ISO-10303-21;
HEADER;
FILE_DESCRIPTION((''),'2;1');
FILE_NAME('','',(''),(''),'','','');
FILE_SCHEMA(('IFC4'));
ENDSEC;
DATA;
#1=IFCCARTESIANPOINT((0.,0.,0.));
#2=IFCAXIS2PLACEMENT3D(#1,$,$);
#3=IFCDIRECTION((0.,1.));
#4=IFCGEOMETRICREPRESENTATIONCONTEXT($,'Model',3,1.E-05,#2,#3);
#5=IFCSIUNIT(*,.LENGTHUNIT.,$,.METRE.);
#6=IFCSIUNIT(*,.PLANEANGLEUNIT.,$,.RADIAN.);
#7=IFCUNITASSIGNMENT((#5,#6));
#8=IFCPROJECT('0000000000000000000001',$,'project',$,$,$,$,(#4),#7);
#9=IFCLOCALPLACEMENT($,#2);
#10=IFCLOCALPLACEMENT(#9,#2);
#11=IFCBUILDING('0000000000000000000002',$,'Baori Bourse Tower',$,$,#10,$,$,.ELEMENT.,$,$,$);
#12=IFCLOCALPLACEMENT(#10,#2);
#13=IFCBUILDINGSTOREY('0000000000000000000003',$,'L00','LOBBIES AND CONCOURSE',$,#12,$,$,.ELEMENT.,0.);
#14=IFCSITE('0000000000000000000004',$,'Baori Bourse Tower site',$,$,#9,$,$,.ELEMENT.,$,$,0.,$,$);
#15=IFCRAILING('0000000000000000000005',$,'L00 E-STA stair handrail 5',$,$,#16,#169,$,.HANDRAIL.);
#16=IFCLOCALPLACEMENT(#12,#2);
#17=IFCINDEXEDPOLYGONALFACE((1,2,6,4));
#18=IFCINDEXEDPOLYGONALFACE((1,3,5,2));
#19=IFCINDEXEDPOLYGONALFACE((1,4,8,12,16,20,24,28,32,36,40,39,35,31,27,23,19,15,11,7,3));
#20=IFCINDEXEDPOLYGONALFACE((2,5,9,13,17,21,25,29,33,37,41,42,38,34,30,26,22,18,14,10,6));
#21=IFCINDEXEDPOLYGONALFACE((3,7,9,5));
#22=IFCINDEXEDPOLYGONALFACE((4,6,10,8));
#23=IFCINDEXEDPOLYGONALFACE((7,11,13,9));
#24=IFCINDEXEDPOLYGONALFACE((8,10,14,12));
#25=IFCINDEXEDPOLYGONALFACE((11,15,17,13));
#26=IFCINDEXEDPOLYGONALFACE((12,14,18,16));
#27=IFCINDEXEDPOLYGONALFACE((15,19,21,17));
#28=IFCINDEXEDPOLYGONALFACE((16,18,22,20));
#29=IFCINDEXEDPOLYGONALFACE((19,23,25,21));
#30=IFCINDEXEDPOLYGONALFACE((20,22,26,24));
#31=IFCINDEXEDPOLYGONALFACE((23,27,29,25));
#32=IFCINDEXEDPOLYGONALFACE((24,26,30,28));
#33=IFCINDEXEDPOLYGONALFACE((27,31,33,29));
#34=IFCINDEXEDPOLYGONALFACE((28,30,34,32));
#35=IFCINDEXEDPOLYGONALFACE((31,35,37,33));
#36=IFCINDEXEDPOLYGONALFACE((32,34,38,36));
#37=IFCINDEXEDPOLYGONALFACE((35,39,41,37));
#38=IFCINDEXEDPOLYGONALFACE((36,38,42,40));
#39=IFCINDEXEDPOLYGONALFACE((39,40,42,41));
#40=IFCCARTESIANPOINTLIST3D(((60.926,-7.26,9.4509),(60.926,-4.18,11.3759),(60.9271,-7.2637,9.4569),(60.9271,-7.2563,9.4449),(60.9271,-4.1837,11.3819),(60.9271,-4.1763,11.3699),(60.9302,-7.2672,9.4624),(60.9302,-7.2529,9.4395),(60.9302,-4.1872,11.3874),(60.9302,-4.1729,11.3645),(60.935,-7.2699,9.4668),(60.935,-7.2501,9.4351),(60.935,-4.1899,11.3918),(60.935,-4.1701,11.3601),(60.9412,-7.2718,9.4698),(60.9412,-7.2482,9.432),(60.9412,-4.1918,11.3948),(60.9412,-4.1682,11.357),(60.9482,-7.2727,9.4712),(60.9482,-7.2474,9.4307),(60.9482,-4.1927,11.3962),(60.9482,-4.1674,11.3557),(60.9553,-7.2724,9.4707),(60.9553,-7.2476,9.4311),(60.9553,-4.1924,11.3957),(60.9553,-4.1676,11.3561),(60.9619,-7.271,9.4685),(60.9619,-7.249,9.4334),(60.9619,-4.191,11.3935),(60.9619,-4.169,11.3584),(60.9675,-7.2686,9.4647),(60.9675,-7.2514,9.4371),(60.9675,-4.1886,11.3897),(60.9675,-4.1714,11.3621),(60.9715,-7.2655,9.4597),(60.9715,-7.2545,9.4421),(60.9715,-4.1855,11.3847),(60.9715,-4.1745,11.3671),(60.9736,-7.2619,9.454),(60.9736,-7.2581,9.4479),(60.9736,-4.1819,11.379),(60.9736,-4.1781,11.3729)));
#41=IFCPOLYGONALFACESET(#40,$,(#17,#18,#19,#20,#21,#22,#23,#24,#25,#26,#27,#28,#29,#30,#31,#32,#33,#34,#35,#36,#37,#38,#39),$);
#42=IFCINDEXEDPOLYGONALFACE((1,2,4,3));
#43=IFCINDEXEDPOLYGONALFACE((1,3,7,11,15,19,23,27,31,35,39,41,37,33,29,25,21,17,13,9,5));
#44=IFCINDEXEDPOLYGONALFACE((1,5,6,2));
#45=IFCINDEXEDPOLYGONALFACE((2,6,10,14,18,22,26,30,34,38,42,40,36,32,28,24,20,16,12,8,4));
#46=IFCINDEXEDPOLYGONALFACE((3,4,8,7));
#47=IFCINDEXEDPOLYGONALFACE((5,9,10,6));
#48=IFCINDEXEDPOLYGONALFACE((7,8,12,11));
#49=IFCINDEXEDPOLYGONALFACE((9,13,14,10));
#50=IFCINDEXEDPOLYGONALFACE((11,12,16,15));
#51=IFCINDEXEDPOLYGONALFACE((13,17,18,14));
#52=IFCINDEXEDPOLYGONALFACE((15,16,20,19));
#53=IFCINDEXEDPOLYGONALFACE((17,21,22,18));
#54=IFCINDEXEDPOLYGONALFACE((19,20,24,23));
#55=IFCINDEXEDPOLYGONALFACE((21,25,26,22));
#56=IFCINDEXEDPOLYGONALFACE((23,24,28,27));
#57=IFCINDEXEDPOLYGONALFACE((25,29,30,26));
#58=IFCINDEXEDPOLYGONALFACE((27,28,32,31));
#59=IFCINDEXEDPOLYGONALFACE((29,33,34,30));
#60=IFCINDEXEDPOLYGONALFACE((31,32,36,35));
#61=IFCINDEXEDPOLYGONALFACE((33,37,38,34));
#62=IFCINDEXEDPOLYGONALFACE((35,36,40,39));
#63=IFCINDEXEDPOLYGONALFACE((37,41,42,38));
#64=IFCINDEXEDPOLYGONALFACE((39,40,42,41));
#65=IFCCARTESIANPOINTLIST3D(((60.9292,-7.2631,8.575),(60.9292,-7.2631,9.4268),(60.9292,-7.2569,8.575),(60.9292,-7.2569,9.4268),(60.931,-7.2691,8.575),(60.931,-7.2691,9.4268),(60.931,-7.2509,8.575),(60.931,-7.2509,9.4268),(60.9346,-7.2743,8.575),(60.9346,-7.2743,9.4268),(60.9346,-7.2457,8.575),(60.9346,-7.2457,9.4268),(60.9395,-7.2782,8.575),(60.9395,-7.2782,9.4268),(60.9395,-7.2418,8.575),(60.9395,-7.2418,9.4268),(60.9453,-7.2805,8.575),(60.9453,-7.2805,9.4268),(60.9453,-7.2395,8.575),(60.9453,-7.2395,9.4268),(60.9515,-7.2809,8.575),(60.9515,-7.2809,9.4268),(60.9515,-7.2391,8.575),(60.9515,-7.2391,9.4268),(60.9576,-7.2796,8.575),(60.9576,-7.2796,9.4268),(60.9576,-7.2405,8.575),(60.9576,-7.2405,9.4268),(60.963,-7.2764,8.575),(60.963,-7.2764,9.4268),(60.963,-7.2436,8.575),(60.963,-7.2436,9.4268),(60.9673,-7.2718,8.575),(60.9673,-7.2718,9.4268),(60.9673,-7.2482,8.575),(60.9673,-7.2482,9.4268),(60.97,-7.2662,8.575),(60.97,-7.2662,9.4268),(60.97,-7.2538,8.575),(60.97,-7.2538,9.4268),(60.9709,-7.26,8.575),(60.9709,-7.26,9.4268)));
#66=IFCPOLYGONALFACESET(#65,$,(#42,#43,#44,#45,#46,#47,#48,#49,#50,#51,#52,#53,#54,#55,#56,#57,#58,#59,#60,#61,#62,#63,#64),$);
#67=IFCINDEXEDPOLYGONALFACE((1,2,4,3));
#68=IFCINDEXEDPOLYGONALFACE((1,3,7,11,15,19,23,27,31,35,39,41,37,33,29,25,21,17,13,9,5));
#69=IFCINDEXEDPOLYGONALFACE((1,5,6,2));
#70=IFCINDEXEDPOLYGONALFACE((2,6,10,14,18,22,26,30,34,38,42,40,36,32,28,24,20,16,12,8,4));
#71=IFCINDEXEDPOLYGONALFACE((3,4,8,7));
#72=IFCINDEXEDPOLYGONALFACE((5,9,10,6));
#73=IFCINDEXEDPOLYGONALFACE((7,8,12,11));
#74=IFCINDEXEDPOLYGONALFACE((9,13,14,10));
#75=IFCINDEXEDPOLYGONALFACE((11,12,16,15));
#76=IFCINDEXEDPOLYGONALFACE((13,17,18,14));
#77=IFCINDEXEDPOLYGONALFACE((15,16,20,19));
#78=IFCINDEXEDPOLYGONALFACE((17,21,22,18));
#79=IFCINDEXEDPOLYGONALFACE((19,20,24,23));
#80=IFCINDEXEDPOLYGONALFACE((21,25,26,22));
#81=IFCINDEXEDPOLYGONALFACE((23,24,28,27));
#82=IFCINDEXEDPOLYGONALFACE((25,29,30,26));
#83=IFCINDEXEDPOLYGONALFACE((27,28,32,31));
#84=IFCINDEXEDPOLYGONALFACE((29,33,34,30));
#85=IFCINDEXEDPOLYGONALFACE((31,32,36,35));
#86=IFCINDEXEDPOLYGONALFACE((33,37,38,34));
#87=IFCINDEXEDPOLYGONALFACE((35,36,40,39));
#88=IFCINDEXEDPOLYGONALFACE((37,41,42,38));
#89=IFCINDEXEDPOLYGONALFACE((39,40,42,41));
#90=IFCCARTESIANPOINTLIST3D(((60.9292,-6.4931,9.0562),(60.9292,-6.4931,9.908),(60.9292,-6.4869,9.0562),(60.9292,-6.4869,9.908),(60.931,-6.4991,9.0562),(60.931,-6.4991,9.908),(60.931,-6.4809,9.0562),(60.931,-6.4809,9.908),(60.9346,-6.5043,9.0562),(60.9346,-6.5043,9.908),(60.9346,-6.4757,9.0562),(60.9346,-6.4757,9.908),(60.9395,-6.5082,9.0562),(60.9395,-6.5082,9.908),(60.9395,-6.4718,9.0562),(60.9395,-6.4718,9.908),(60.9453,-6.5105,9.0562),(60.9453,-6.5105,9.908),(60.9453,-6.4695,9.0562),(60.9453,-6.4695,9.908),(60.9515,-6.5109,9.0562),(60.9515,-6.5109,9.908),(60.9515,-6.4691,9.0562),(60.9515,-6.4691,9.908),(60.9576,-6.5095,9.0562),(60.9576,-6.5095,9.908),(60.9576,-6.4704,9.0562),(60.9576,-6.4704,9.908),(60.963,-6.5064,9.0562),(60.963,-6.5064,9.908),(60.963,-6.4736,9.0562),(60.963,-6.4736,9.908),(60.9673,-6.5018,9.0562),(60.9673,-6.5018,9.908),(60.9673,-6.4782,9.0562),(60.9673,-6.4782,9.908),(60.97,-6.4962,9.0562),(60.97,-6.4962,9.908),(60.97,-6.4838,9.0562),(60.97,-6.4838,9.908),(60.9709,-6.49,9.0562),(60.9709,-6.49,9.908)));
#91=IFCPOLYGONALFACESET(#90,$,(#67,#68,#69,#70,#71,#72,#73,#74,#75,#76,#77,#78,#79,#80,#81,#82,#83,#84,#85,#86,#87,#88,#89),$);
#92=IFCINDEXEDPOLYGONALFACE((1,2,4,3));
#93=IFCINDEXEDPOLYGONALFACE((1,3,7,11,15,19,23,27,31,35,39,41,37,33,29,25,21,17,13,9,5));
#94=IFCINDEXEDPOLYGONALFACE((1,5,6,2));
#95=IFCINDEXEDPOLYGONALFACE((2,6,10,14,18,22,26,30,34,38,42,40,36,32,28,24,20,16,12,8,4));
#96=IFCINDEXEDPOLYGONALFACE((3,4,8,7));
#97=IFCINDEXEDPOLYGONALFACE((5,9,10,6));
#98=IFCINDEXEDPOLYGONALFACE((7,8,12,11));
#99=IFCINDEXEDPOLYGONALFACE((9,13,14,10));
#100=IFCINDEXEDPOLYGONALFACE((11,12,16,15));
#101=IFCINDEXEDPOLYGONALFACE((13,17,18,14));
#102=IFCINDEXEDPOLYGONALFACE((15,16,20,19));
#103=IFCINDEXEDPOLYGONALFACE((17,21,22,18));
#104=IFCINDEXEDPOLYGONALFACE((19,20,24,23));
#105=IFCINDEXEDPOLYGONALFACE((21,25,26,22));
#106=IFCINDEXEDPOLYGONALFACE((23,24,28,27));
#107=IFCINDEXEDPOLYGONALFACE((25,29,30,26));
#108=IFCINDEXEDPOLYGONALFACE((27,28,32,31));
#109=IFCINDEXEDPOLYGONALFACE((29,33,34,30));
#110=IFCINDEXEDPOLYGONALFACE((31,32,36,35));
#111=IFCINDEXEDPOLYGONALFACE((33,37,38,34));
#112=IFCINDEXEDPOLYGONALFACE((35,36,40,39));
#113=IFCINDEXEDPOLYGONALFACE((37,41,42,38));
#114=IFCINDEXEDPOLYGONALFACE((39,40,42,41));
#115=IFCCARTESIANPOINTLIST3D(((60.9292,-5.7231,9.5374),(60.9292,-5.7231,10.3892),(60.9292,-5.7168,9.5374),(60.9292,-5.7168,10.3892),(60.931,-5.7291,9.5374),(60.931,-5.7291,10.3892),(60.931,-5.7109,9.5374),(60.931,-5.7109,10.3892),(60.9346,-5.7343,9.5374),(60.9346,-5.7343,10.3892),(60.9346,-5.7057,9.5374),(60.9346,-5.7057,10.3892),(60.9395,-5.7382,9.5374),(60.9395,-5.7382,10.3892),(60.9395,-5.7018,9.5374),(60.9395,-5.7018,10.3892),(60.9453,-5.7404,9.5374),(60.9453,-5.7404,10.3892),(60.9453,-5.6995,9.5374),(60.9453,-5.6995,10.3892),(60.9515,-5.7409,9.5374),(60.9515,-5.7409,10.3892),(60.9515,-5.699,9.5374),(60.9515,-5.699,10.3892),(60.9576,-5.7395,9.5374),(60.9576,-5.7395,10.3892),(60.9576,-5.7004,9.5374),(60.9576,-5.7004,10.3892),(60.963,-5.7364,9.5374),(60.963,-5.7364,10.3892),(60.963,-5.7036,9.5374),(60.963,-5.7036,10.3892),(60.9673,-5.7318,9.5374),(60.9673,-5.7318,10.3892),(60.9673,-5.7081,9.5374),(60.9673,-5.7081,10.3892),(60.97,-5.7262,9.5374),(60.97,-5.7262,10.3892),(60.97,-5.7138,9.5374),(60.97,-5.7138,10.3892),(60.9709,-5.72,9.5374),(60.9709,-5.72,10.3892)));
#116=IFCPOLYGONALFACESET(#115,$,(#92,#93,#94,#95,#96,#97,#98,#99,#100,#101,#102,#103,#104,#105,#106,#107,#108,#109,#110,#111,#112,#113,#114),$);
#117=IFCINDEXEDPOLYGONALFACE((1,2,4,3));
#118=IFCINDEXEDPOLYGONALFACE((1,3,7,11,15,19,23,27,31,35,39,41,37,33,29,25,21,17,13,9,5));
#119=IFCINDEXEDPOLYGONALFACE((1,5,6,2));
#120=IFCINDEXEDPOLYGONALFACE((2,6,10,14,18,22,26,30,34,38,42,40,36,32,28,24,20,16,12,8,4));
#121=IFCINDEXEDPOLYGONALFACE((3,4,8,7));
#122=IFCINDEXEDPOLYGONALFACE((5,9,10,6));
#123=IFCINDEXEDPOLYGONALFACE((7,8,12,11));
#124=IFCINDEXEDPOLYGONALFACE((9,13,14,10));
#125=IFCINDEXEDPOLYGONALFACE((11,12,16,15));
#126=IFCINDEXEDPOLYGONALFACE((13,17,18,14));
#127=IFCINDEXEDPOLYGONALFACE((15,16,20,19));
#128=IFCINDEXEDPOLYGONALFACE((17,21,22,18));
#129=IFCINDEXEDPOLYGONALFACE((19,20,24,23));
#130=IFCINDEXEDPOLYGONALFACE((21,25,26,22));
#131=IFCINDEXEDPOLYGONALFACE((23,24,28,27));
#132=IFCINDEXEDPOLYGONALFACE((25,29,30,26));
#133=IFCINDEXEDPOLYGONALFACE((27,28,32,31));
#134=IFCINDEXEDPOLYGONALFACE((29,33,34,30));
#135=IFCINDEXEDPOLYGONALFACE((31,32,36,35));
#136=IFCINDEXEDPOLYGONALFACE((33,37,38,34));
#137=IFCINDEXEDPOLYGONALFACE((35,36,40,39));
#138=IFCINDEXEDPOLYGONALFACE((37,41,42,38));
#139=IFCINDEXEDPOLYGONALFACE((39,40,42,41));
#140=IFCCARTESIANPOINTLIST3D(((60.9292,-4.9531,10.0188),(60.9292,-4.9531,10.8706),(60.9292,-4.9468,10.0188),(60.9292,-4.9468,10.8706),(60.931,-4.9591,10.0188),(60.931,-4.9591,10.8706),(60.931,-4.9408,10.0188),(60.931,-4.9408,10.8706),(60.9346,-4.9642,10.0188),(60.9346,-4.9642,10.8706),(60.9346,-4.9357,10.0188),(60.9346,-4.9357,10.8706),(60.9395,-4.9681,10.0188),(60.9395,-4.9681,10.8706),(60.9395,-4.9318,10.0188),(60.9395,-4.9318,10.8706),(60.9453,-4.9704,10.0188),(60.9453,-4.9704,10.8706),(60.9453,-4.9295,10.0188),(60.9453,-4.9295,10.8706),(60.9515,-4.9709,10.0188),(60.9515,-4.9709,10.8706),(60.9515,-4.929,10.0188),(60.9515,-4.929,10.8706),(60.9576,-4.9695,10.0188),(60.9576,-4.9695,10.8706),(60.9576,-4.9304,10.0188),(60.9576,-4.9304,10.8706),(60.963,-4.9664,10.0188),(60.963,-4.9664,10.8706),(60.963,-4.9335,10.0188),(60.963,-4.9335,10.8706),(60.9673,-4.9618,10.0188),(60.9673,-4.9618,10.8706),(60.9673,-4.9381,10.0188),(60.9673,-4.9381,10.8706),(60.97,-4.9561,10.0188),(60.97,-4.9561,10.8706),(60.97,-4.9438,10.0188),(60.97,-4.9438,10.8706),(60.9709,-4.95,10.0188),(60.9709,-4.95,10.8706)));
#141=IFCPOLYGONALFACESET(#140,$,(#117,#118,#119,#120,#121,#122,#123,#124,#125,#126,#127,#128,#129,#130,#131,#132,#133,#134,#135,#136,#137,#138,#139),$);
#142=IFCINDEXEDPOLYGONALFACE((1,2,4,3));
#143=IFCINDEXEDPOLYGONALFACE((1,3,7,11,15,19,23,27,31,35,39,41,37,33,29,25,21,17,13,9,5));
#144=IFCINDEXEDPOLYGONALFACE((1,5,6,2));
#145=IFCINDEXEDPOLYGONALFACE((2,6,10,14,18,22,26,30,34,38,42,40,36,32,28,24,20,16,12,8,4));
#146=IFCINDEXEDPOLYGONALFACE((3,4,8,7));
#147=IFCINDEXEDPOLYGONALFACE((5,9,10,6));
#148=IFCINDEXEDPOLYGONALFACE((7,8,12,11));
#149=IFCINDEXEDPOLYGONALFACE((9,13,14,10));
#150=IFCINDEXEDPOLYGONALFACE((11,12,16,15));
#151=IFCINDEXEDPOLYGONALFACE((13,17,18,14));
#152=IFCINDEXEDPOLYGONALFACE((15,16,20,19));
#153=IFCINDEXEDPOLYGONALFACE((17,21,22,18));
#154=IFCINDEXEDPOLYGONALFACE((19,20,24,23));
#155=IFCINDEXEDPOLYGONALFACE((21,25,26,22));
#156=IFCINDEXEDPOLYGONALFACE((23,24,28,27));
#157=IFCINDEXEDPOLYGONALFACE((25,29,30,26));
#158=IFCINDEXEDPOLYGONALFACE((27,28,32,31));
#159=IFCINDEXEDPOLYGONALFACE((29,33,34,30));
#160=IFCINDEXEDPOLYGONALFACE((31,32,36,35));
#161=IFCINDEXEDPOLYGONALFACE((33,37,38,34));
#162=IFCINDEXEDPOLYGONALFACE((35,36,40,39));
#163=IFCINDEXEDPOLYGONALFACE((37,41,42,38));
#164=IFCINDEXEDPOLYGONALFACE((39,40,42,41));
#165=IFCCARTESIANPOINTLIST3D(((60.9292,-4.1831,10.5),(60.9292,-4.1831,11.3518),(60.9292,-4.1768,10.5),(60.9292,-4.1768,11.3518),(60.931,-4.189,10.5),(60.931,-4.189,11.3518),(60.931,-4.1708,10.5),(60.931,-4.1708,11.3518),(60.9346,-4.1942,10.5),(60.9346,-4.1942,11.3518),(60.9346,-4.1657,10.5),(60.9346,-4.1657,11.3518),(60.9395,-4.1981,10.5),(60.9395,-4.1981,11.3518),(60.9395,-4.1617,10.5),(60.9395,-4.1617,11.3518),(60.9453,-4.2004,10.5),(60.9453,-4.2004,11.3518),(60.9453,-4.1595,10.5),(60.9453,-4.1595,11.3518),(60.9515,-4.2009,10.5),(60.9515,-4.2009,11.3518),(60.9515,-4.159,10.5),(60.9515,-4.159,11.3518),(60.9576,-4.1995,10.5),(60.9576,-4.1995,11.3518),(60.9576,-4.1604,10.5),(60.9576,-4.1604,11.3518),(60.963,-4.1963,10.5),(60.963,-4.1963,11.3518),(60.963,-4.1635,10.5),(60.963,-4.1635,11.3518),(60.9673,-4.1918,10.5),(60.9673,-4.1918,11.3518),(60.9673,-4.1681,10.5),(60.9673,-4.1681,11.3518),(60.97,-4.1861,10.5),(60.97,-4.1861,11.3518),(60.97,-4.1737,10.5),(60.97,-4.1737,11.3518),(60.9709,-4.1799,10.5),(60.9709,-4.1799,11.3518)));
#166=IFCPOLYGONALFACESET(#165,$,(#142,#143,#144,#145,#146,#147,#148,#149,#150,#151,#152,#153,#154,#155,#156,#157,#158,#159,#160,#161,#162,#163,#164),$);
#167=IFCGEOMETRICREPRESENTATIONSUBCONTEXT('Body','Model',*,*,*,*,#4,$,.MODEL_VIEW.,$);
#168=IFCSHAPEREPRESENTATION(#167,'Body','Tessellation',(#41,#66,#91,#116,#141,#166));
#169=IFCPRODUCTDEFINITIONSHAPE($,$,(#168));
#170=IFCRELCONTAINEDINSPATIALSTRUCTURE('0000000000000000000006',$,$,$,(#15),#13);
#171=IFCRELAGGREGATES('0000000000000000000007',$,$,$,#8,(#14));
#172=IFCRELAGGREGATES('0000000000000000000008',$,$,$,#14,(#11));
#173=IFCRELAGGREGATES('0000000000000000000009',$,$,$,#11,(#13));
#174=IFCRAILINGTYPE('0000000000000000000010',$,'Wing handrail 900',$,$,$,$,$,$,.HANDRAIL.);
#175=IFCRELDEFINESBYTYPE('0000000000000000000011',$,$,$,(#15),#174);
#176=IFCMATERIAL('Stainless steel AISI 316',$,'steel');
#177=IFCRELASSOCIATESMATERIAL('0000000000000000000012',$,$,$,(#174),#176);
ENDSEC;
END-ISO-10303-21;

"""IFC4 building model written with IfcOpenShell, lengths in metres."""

from ifc_helpers import new_model, si_unit, direction, frame, origin, origin_2d, place, context, subcontext, project, spatial, circle, extrude, material, type_object, element, save


model = new_model("IFC4")

# Units and contexts
model_context = context("Model", 3, precision=1e-05, world=origin(), true_north=direction((0.0, 1.0)))
body_context = subcontext(model_context, "Body", "Model", "MODEL_VIEW")
ifc_project = project(units=[si_unit("LENGTHUNIT", "METRE"), si_unit("PLANEANGLEUNIT", "RADIAN")], contexts=[model_context])

# Site, building, storey
site_placement = place(None, origin())
site = spatial("IfcSite", under=ifc_project, at=site_placement, Name="Baori Bourse Tower site", CompositionType="ELEMENT", RefElevation=0.0)
building_placement = place(site_placement, origin())
building = spatial("IfcBuilding", under=site, at=building_placement, Name="Baori Bourse Tower", CompositionType="ELEMENT")
storey_placement = place(building_placement, origin())
storey = spatial("IfcBuildingStorey", under=building, at=storey_placement, Name="L00", Description="LOBBIES AND CONCOURSE", CompositionType="ELEMENT", Elevation=0.0)

# Railing
ifc_material_1 = material(Name="Stainless steel AISI 316", Category="steel")
railing_type = type_object("IfcRailingType", Name="Wing handrail 900", PredefinedType="HANDRAIL", material=ifc_material_1)
for number, where, name in (
    (1, (60.95, -7.26, 8.575), "L00 E-STA stair handrail 5"),
):
    element("IfcRailing", number, at=place(storey_placement, frame(where)), inside=storey, type_object=railing_type, Name=name, PredefinedType="HANDRAIL", context=body_context, shape_type="SweptSolid", body=[
        extrude(circle(Radius=0.0239, at=origin_2d()), frame((0.0, 0.0, 0.876), z_axis=(0.0, 0.847998, 0.529999), x_axis=(-1.0, 0.0, 0.0)), (0.0, 0.0, 1.0), 3.6321),
        extrude(circle(Radius=0.021, at=origin_2d()), origin(), (0.0, 0.0, 1.0), 0.8518),
        extrude(circle(Radius=0.021, at=origin_2d()), frame((0.0, 0.77, 0.4812)), (0.0, 0.0, 1.0), 0.8518),
        extrude(circle(Radius=0.021, at=origin_2d()), frame((0.0, 1.54, 0.9624)), (0.0, 0.0, 1.0), 0.8518),
        extrude(circle(Radius=0.021, at=origin_2d()), frame((0.0, 2.3101, 1.4438)), (0.0, 0.0, 1.0), 0.8518),
        extrude(circle(Radius=0.021, at=origin_2d()), frame((0.0, 3.0801, 1.925)), (0.0, 0.0, 1.0), 0.8518),
    ])

save(model, "model.ifc")
